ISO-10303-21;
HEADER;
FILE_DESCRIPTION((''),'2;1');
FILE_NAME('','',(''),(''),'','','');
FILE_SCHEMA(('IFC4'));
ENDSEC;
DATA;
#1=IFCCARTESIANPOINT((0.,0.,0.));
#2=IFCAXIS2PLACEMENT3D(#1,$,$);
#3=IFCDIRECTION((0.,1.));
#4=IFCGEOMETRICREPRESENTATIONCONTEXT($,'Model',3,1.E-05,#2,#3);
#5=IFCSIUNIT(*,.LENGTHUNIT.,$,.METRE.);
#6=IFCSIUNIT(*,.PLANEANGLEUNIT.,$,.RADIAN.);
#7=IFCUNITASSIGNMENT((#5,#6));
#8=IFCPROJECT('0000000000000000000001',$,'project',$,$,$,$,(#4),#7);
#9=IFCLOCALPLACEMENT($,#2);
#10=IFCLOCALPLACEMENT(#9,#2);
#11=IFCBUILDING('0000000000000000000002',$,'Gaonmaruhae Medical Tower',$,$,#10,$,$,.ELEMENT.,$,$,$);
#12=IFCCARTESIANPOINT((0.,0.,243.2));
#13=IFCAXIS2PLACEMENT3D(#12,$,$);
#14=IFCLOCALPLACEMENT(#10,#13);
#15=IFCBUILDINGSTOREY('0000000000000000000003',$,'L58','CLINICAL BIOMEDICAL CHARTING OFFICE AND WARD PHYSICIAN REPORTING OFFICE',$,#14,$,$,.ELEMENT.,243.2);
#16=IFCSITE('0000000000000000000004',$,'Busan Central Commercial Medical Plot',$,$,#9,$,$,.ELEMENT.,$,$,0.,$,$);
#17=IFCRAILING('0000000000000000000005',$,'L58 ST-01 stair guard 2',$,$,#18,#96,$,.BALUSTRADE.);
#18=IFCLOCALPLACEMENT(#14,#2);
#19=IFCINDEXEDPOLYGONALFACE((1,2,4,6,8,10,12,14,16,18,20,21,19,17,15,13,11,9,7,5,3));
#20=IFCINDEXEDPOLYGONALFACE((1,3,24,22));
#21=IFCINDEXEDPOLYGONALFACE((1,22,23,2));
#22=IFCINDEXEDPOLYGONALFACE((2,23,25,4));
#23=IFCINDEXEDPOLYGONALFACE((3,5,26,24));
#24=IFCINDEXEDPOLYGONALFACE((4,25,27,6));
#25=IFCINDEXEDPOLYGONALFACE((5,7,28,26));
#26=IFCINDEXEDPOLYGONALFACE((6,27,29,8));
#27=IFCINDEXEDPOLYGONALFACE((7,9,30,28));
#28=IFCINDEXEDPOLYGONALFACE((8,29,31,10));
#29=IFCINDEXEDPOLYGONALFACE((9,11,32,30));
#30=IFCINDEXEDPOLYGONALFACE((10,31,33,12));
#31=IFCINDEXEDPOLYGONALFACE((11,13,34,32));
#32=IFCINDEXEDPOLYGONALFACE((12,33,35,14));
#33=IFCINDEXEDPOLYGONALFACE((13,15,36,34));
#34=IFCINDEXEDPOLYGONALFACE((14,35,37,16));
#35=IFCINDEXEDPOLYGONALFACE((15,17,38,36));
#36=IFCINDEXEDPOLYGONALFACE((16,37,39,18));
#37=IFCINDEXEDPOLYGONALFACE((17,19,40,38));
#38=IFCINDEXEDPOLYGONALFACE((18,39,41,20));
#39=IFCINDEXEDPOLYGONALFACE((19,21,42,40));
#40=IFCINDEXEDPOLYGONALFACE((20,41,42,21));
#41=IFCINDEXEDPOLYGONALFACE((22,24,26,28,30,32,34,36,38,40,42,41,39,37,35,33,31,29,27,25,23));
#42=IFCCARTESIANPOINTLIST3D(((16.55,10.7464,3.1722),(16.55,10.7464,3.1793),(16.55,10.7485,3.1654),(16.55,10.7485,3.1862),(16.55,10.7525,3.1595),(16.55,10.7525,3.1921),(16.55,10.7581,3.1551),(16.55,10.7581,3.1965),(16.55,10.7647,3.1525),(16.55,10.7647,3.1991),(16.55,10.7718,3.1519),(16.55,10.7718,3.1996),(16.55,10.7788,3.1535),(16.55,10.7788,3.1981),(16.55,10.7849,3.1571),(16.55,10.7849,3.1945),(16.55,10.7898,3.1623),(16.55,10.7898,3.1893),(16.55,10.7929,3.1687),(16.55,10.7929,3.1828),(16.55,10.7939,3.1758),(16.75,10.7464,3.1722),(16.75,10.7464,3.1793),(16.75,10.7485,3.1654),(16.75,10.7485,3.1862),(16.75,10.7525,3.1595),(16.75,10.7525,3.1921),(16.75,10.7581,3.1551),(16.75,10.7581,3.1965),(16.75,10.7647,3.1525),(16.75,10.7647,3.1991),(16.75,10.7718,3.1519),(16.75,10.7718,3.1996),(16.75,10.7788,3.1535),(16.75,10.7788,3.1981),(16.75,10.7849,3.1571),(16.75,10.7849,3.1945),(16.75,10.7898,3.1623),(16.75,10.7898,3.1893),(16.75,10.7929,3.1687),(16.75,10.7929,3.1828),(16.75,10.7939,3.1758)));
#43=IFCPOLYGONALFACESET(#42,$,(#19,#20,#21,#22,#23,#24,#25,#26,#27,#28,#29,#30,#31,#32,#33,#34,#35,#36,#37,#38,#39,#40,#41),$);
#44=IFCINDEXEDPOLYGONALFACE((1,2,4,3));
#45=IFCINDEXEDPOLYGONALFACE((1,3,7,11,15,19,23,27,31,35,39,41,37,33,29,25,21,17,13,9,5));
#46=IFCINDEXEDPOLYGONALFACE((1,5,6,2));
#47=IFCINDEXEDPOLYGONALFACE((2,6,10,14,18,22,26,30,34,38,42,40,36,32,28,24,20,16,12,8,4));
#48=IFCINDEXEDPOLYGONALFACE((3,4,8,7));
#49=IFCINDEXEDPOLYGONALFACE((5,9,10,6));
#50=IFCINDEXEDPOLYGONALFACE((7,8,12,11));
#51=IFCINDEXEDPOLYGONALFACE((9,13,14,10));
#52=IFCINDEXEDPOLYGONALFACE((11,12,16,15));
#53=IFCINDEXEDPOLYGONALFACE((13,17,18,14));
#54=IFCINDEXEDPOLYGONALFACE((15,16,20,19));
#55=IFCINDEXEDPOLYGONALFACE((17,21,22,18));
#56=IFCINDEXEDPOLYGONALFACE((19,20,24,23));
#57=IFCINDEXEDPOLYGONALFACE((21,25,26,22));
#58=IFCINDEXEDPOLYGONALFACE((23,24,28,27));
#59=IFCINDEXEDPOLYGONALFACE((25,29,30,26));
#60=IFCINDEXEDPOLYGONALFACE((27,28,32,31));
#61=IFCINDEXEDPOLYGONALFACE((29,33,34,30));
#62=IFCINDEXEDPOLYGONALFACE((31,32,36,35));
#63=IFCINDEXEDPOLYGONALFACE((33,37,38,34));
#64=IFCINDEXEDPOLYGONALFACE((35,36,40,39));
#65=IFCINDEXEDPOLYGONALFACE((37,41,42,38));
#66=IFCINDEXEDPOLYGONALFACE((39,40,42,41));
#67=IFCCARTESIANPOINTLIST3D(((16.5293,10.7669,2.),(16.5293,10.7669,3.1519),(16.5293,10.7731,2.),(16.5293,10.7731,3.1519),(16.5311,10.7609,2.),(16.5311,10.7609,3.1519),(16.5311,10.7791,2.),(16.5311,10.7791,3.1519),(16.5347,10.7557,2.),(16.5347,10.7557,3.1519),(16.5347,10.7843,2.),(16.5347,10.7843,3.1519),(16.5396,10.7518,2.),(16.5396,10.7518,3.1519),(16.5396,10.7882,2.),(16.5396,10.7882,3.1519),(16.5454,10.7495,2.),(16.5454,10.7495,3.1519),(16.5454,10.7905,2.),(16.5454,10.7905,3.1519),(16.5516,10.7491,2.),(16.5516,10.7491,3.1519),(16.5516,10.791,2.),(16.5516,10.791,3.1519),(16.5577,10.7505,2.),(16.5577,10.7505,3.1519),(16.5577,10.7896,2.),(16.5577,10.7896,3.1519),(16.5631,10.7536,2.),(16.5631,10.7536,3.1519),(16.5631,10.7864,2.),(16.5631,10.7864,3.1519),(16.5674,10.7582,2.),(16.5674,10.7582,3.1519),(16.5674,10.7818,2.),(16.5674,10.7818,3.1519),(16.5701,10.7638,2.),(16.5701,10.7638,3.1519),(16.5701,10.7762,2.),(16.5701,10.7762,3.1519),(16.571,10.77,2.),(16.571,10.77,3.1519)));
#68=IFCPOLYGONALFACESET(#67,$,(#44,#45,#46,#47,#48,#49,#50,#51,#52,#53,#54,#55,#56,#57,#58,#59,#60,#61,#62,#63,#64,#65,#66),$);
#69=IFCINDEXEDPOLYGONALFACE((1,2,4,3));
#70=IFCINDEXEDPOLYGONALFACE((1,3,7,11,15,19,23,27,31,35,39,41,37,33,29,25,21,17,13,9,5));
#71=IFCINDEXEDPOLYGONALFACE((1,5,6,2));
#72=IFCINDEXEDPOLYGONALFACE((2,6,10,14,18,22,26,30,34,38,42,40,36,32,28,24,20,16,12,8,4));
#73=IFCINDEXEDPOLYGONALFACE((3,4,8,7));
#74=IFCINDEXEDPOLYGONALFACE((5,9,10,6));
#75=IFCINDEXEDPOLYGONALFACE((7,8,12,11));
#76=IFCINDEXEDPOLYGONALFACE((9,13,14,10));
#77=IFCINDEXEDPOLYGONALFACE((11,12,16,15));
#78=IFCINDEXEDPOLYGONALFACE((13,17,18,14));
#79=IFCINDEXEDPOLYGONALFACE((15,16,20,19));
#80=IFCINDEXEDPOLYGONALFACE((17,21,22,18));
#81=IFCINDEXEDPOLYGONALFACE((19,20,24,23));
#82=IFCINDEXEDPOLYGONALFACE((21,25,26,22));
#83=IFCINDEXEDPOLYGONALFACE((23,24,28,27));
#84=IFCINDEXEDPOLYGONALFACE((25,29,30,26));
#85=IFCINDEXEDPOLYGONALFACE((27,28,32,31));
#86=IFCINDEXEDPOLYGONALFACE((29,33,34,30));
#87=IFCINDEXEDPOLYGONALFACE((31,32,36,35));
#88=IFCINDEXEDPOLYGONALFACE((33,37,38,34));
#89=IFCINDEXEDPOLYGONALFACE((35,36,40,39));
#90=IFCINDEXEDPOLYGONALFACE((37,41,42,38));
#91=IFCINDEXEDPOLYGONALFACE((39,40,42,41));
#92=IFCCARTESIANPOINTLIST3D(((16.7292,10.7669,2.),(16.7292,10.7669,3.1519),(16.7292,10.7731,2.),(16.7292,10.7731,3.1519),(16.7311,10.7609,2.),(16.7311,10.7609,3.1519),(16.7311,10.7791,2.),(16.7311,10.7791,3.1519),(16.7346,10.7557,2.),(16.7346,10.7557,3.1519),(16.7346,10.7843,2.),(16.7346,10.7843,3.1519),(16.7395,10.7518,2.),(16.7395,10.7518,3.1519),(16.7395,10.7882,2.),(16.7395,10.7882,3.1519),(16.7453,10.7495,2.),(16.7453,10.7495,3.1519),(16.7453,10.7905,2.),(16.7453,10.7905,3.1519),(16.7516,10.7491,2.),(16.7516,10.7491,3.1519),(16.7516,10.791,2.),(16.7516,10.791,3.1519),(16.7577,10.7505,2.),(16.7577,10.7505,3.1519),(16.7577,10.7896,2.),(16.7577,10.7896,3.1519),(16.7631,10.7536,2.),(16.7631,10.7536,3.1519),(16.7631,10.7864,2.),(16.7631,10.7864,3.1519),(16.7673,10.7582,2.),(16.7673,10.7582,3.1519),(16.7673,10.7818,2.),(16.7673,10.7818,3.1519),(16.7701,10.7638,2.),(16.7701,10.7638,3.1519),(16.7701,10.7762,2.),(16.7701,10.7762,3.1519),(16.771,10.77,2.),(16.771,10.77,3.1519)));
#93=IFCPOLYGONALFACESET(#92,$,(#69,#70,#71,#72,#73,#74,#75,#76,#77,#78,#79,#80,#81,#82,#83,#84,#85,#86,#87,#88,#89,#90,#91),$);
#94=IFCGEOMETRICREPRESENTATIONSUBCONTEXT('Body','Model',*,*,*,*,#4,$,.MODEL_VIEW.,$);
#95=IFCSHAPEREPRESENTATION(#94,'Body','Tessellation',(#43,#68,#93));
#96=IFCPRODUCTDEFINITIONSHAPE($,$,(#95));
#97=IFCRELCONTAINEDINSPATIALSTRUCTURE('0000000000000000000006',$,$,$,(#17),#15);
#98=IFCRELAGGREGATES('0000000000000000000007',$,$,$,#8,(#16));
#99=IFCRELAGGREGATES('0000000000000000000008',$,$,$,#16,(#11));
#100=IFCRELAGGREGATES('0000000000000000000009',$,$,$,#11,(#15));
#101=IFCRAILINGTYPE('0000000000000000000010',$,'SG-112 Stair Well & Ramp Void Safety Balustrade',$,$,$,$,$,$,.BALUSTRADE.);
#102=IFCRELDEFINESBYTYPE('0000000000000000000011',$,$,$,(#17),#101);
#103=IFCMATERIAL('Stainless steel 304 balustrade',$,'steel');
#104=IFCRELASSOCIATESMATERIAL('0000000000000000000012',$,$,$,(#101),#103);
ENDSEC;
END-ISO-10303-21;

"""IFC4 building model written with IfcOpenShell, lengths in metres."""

from ifc_helpers import new_model, si_unit, direction, frame, origin, origin_2d, place, context, subcontext, project, spatial, circle, extrude, material, type_object, element, save


model = new_model("IFC4")

# Units and contexts
model_context = context("Model", 3, precision=1e-05, world=origin(), true_north=direction((0.0, 1.0)))
body_context = subcontext(model_context, "Body", "Model", "MODEL_VIEW")
ifc_project = project(units=[si_unit("LENGTHUNIT", "METRE"), si_unit("PLANEANGLEUNIT", "RADIAN")], contexts=[model_context])

# Site, building, storey
site_placement = place(None, origin())
site = spatial("IfcSite", under=ifc_project, at=site_placement, Name="Busan Central Commercial Medical Plot", CompositionType="ELEMENT", RefElevation=0.0)
building_placement = place(site_placement, origin())
building = spatial("IfcBuilding", under=site, at=building_placement, Name="Gaonmaruhae Medical Tower", CompositionType="ELEMENT")
storey_placement = place(building_placement, frame((0.0, 0.0, 243.2)))
storey = spatial("IfcBuildingStorey", under=building, at=storey_placement, Name="L58", Description="CLINICAL BIOMEDICAL CHARTING OFFICE AND WARD PHYSICIAN REPORTING OFFICE", CompositionType="ELEMENT", Elevation=243.2)

# Railing
ifc_material_1 = material(Name="Stainless steel 304 balustrade", Category="steel")
railing_type_1 = type_object("IfcRailingType", Name="SG-112 Stair Well & Ramp Void Safety Balustrade", PredefinedType="BALUSTRADE", material=ifc_material_1)
railing_1_placement = place(storey_placement, frame((16.55, 10.77, 2.0)))
element("IfcRailing", 1, at=railing_1_placement, inside=storey, type_object=railing_type_1, Name="L58 ST-01 stair guard 2", PredefinedType="BALUSTRADE", context=body_context, shape_type="SweptSolid", body=[
    extrude(circle(Radius=0.0239, at=origin_2d()), frame((0.0, 0.0, 1.1758), z_axis=(1.0, 0.0, 0.0), x_axis=(0.0, 1.0, 0.0)), (0.0, 0.0, 1.0), 0.2),
    extrude(circle(Radius=0.021, at=origin_2d()), origin(), (0.0, 0.0, 1.0), 1.1519),
    extrude(circle(Radius=0.021, at=origin_2d()), frame((0.2, 0.0, 0.0)), (0.0, 0.0, 1.0), 1.1519),
])

save(model, "model.ifc")
